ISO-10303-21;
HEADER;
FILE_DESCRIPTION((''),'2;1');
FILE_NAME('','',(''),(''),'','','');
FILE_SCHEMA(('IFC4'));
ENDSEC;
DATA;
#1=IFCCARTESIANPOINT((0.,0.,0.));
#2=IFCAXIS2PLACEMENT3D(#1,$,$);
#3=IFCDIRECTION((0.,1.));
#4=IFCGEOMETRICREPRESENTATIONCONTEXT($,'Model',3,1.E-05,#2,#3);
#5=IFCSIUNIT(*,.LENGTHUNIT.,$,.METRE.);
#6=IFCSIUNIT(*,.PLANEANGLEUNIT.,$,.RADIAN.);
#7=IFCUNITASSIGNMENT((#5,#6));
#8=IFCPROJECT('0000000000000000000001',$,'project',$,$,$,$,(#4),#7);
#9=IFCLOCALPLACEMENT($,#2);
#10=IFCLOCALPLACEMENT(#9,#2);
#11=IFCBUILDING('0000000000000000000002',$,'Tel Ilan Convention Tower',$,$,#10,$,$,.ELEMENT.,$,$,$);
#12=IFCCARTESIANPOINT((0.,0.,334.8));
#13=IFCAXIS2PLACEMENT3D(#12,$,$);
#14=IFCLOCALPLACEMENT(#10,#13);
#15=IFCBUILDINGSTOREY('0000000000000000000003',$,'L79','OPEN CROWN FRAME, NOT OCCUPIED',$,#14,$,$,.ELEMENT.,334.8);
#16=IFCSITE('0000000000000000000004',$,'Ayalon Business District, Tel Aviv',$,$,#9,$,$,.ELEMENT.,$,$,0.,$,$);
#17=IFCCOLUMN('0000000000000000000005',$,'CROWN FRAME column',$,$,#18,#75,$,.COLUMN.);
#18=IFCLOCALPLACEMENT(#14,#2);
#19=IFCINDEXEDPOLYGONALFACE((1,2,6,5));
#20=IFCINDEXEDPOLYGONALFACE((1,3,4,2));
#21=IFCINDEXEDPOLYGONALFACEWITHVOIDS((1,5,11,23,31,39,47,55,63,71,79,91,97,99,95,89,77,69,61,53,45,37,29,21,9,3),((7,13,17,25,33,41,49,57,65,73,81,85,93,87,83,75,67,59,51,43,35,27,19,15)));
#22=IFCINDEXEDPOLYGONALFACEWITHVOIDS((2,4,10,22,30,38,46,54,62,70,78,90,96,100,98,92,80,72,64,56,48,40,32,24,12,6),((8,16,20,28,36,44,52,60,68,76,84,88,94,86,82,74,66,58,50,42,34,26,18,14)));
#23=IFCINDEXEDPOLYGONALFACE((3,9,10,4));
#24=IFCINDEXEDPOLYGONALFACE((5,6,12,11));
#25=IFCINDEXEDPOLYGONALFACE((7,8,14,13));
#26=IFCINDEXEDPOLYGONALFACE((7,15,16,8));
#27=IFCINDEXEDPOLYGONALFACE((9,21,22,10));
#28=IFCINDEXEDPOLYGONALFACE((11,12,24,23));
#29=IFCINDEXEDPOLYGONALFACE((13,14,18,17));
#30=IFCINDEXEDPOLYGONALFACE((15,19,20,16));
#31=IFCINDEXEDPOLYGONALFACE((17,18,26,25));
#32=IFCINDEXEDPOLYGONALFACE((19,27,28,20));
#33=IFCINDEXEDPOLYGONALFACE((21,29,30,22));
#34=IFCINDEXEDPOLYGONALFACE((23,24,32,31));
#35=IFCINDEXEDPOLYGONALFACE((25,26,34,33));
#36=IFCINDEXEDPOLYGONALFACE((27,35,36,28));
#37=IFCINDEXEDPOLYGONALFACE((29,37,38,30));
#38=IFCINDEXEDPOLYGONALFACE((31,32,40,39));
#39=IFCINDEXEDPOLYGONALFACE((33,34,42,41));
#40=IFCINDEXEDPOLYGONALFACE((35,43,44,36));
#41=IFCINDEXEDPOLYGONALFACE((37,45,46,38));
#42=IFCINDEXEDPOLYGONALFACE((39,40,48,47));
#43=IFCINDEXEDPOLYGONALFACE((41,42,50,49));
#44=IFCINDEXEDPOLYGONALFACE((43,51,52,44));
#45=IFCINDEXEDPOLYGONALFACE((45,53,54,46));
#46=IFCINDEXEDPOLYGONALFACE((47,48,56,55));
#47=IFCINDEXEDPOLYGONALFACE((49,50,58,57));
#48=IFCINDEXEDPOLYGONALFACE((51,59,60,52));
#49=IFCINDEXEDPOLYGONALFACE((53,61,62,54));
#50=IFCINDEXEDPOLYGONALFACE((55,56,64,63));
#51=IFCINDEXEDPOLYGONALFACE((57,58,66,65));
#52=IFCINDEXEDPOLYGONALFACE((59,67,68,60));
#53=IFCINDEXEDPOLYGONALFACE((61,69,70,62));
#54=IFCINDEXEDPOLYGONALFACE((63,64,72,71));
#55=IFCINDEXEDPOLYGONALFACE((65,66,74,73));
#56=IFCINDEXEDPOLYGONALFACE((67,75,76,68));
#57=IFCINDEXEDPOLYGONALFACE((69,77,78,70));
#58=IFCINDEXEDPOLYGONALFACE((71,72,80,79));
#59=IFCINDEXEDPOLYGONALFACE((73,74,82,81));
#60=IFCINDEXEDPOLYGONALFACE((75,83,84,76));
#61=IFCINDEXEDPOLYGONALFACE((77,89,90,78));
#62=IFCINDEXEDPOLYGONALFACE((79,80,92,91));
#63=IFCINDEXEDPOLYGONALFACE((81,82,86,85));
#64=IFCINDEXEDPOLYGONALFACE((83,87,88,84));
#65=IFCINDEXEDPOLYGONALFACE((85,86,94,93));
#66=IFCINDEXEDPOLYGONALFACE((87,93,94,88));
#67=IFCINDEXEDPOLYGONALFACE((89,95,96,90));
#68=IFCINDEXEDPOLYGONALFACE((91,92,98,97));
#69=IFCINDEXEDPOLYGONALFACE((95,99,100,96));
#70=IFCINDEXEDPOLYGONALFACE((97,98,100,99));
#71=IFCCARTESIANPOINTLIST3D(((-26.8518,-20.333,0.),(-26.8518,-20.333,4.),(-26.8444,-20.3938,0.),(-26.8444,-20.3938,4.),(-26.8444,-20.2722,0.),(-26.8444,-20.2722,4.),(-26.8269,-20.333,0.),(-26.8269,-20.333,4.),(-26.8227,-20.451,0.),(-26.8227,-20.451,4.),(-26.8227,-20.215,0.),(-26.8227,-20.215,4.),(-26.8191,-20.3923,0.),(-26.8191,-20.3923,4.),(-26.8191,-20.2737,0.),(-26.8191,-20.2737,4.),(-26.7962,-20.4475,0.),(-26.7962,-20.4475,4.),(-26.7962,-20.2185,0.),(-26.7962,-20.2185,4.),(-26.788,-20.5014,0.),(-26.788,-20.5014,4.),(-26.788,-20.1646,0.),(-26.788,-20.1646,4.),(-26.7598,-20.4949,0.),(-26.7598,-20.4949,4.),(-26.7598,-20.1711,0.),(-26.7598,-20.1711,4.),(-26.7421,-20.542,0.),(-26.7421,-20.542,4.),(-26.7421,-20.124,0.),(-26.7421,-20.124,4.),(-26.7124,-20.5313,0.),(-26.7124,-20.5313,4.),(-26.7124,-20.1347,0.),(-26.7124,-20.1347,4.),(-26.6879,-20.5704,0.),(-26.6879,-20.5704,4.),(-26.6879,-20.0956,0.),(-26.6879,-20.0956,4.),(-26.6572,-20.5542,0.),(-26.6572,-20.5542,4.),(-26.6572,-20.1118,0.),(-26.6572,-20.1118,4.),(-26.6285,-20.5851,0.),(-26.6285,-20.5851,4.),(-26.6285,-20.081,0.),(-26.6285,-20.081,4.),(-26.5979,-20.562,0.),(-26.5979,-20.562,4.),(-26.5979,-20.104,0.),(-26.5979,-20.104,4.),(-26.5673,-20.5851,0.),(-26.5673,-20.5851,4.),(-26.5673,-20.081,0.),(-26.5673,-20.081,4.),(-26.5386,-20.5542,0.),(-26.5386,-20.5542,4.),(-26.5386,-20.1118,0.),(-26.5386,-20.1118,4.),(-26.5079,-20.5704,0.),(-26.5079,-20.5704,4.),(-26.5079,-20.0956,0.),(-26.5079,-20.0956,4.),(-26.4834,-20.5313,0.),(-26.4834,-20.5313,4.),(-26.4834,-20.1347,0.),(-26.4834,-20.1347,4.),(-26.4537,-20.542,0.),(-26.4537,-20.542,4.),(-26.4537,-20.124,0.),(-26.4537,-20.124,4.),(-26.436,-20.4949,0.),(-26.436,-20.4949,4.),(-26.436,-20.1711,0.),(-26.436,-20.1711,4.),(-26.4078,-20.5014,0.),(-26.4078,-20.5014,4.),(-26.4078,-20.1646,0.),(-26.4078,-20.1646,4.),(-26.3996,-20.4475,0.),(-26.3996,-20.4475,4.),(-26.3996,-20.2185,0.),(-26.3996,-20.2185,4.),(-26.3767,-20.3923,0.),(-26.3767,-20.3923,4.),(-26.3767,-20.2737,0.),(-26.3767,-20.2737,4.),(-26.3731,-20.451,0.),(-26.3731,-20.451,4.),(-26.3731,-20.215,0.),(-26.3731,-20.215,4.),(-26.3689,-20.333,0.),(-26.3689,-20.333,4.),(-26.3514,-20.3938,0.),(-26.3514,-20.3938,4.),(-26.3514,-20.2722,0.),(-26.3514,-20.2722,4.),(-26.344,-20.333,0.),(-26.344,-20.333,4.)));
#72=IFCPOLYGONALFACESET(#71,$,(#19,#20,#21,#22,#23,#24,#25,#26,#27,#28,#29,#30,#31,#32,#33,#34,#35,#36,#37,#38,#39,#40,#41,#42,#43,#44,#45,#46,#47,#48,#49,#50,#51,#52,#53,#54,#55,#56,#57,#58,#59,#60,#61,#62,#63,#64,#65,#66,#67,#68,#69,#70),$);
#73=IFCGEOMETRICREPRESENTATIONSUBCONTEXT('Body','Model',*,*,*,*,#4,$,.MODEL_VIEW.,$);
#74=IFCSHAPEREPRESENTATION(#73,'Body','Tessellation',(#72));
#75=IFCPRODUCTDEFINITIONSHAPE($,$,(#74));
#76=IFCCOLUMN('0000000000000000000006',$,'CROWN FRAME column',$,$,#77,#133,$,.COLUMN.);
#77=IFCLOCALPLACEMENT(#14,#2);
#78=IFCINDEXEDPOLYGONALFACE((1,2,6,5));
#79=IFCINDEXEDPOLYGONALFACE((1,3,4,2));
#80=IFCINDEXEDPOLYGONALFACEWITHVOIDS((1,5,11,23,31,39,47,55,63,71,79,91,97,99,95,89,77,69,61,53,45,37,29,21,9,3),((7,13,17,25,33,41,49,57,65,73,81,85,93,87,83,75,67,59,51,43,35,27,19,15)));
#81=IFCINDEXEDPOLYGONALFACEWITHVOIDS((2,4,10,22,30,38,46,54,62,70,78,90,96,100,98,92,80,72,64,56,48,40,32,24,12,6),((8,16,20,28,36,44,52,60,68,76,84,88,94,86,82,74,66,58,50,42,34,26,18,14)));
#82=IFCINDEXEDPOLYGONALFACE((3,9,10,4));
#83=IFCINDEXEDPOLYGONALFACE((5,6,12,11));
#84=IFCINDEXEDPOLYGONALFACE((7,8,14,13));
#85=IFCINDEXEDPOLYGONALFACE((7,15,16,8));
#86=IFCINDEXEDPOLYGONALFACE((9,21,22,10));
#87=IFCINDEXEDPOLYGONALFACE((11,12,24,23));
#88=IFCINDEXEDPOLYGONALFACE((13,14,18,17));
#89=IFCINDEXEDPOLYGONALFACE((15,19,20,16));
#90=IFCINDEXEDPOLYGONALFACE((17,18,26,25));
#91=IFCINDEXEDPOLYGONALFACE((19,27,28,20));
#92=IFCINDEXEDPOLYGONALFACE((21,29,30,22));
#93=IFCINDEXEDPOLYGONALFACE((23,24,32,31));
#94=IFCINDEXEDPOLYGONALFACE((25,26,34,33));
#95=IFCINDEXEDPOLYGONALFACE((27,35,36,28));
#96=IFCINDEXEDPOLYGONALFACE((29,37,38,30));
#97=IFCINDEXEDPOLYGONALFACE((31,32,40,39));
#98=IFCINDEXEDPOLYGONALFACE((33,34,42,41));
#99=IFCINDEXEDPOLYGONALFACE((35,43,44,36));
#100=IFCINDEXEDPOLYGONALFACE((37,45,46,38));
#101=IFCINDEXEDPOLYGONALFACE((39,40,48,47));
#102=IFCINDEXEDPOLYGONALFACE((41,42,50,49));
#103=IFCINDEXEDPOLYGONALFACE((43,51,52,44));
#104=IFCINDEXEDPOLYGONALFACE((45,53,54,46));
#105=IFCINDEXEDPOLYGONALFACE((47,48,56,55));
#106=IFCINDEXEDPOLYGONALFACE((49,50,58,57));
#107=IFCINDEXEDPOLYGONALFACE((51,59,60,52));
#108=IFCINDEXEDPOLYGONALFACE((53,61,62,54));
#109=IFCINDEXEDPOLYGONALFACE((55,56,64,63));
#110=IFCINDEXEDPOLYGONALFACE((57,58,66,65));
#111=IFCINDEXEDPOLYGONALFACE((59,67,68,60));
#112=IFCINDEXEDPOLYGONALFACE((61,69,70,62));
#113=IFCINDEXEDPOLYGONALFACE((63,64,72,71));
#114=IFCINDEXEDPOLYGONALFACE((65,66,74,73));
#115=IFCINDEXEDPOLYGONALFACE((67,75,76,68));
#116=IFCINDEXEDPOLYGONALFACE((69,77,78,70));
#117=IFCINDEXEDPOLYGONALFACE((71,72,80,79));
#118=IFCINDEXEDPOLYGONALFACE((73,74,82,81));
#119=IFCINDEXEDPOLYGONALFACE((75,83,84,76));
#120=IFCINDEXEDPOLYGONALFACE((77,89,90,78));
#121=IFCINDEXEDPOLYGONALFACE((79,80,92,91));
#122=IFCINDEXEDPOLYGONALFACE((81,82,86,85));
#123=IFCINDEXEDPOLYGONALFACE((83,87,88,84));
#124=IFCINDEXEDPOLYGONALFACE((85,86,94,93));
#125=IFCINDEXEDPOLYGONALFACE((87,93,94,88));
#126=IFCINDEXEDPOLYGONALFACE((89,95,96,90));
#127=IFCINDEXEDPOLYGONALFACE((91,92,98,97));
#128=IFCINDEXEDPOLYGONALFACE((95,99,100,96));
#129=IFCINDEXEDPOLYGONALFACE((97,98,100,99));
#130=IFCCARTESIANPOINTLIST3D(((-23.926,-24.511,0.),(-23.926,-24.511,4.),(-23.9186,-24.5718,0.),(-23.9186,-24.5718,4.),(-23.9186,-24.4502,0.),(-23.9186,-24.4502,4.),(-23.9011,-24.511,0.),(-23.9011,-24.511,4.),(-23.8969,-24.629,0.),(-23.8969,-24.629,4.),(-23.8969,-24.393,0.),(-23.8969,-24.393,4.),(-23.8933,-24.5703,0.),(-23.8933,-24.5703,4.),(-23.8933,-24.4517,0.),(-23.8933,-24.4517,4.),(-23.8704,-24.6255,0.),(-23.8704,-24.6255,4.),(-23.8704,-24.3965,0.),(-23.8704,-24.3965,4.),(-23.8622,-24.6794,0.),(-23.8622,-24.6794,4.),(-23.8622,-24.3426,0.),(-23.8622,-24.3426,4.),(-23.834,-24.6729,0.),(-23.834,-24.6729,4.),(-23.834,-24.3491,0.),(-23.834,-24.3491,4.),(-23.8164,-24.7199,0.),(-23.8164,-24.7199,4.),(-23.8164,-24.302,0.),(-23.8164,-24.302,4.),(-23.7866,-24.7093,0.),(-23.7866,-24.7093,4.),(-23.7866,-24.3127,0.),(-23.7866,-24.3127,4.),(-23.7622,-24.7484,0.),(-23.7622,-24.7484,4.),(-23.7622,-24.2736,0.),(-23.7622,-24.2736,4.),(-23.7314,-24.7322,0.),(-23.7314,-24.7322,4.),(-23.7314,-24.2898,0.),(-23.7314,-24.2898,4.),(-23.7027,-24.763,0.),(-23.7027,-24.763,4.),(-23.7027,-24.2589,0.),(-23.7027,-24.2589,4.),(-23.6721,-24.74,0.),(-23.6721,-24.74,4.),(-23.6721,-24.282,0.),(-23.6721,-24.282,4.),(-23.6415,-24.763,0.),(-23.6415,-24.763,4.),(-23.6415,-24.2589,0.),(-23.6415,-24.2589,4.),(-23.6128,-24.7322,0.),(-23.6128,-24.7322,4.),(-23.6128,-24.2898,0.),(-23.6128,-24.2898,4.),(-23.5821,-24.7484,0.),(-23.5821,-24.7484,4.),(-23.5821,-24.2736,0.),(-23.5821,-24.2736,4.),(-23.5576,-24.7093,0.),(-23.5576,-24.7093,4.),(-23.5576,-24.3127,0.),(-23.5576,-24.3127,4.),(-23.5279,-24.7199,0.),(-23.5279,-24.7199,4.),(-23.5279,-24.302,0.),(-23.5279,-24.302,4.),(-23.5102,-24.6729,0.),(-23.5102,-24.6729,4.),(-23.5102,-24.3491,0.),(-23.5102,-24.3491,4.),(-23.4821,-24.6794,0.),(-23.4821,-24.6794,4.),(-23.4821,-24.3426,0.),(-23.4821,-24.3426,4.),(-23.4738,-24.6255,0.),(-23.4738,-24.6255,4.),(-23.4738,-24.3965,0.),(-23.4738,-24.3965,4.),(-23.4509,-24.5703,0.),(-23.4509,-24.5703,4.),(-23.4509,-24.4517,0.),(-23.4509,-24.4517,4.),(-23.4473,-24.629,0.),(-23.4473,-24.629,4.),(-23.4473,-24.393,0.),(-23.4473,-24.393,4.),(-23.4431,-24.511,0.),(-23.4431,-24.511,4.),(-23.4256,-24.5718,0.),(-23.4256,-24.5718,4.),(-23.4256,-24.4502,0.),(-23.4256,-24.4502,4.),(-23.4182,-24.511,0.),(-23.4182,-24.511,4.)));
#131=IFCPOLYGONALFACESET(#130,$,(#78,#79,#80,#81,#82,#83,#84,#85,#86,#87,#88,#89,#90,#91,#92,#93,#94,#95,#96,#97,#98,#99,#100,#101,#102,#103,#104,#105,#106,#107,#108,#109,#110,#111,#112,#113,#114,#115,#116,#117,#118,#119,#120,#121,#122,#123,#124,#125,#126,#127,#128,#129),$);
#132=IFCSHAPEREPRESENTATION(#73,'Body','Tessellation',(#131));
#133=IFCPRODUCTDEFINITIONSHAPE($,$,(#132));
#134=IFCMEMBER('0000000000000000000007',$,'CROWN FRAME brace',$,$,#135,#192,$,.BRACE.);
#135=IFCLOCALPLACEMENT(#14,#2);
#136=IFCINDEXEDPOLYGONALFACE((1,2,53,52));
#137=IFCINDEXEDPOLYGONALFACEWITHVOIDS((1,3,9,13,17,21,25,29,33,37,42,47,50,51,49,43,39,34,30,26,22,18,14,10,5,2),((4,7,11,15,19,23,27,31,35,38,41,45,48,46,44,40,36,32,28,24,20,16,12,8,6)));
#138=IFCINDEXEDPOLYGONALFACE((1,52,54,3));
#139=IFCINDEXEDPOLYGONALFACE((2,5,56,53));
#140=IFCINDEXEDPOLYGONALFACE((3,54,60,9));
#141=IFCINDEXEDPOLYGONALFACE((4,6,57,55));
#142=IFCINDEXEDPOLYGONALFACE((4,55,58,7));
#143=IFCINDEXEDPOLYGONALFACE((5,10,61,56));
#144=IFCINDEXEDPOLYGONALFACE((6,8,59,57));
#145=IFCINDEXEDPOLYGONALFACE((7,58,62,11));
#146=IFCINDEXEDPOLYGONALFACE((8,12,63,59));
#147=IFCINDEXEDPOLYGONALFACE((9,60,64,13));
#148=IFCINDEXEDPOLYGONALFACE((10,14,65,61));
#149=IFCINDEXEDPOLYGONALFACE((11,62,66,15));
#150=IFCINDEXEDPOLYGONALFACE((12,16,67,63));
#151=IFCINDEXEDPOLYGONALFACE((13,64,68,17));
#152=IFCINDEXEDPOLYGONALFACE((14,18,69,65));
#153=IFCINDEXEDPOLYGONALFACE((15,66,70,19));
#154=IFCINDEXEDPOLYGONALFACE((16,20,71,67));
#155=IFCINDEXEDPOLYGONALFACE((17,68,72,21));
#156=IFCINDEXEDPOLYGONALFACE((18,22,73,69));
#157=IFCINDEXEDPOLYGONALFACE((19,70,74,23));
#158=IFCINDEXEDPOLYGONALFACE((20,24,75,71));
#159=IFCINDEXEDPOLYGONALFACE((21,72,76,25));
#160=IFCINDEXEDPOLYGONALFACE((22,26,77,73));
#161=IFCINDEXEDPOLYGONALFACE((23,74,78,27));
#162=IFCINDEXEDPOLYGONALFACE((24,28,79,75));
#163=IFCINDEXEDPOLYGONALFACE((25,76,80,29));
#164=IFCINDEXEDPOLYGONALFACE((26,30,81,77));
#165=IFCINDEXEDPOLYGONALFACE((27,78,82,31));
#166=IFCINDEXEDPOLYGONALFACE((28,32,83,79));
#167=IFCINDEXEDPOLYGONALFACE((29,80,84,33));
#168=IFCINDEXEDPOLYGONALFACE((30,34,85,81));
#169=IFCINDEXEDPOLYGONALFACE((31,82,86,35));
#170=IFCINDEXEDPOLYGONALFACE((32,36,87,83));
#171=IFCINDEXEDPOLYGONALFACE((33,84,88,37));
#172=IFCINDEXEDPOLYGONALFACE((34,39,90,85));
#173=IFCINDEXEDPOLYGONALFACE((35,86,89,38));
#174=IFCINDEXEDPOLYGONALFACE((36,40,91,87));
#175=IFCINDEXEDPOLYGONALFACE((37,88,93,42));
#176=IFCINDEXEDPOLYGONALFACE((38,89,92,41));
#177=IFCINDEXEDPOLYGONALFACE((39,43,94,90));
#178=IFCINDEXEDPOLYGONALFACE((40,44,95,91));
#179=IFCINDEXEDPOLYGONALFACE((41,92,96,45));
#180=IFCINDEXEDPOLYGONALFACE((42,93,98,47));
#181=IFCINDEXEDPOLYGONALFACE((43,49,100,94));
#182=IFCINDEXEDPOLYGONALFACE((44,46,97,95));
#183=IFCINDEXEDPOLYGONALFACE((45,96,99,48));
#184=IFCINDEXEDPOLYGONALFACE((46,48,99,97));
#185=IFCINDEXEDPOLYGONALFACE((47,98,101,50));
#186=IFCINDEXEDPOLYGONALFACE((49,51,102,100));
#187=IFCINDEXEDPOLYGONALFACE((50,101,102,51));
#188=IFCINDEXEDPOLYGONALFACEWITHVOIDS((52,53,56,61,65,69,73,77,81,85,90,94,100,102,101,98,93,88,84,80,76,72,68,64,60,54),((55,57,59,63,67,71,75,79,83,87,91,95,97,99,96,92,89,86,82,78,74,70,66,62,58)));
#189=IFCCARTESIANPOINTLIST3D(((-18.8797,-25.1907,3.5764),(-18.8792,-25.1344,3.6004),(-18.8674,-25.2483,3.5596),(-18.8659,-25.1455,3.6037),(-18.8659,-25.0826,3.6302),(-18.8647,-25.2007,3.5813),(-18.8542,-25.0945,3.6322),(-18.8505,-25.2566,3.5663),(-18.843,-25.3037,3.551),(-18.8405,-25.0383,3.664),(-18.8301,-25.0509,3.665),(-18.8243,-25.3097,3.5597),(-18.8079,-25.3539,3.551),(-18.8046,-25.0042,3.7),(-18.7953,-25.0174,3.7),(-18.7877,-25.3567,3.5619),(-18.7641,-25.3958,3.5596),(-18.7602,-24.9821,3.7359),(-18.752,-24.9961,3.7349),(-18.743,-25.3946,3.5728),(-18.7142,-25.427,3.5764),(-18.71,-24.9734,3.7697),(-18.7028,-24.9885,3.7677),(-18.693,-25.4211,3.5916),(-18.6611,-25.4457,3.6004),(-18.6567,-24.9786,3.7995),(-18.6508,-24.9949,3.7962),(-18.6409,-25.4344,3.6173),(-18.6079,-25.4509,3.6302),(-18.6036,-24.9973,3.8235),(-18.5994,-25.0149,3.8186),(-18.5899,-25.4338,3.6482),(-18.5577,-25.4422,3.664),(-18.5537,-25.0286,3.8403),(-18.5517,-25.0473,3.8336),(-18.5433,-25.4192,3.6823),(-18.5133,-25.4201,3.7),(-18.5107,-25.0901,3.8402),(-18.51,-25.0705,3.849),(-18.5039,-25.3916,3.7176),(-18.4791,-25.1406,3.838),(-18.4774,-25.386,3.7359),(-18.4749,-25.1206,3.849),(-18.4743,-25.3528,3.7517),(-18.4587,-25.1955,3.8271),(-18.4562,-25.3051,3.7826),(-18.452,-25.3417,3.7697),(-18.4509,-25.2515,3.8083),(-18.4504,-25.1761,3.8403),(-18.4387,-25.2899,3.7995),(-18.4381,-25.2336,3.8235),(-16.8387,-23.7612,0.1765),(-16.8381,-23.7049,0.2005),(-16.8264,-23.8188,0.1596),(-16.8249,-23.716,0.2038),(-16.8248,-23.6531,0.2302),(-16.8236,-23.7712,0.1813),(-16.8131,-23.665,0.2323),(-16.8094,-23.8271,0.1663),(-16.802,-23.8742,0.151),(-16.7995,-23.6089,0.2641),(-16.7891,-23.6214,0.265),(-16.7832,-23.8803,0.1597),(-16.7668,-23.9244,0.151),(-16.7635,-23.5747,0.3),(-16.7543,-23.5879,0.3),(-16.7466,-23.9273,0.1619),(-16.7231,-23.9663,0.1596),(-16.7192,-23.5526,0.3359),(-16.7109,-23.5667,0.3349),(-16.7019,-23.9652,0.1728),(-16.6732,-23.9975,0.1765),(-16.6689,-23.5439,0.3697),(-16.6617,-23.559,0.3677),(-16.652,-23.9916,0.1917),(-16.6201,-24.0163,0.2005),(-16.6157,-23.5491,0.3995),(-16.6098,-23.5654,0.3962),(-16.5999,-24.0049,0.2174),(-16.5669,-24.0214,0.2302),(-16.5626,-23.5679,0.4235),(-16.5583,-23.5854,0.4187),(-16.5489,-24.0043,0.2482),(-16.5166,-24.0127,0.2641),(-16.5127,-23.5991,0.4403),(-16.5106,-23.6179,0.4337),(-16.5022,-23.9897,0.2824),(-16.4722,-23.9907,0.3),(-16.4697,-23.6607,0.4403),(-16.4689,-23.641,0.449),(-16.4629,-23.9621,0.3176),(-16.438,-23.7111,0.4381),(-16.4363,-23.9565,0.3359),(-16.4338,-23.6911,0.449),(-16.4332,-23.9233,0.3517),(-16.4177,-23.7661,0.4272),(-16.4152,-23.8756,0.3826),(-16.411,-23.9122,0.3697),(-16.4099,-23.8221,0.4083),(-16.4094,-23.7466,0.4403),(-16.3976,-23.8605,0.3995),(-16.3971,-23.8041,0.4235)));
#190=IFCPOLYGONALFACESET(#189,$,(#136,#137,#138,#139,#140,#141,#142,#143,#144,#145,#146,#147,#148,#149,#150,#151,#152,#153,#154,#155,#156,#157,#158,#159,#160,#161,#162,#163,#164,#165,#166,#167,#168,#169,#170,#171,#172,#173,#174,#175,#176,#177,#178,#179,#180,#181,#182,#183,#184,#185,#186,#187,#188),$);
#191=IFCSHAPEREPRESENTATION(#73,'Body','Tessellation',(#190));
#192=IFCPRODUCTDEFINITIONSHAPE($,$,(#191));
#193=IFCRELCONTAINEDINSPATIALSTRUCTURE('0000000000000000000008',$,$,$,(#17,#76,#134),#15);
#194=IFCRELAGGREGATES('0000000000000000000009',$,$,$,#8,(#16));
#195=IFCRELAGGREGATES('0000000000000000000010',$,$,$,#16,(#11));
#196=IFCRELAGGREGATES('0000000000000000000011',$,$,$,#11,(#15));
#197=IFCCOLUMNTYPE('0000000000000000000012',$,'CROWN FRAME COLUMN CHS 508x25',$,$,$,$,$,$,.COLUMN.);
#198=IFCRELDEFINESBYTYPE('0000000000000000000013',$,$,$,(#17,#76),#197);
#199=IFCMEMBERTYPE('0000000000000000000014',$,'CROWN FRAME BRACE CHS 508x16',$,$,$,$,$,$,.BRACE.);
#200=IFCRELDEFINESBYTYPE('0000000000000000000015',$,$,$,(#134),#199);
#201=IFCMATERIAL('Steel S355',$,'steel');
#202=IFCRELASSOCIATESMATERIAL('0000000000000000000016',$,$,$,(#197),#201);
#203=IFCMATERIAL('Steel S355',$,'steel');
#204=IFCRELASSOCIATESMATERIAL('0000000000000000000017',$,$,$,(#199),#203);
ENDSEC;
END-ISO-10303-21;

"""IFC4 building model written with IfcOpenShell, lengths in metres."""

from ifc_helpers import new_model, si_unit, direction, frame, origin, origin_2d, place, context, subcontext, project, spatial, hollow_circle, extrude, material, material_profile, profile_set, type_object, element, save


model = new_model("IFC4")

# Units and contexts
model_context = context("Model", 3, precision=1e-05, world=origin(), true_north=direction((0.0, 1.0)))
body_context = subcontext(model_context, "Body", "Model", "MODEL_VIEW")
ifc_project = project(units=[si_unit("LENGTHUNIT", "METRE"), si_unit("PLANEANGLEUNIT", "RADIAN")], contexts=[model_context])

# Site, building, storey
site_placement = place(None, origin())
site = spatial("IfcSite", under=ifc_project, at=site_placement, Name="Ayalon Business District, Tel Aviv", CompositionType="ELEMENT", RefElevation=0.0)
building_placement = place(site_placement, origin())
building = spatial("IfcBuilding", under=site, at=building_placement, Name="Tel Ilan Convention Tower", CompositionType="ELEMENT")
storey_placement = place(building_placement, frame((0.0, 0.0, 334.8)))
storey = spatial("IfcBuildingStorey", under=building, at=storey_placement, Name="L79", Description="OPEN CROWN FRAME, NOT OCCUPIED", CompositionType="ELEMENT", Elevation=334.8)

# Columns
ifc_material_1 = material(Name="Steel S355", Category="steel")
ifc_material_profile_1 = material_profile(ifc_material_1, hollow_circle(Radius=0.2539, WallThickness=0.0249, at=origin_2d()), Name="CHS 508x25")
ifc_profile_set_1 = profile_set([ifc_material_profile_1], Name="Steel S355")
column_type = type_object("IfcColumnType", Name="CROWN FRAME COLUMN CHS 508x25", PredefinedType="COLUMN", material=ifc_profile_set_1)
for number, where, z_axis, x_axis, name in (
    (1, (-26.5979, -20.333, 0.0), (0.0, 0.0, 1.0), (1.0, 0.0, 0.0), "CROWN FRAME column"),
    (2, (-23.6721, -24.511, 0.0), (0.0, 0.0, 1.0), (1.0, 0.0, 0.0), "CROWN FRAME column"),
):
    element("IfcColumn", number, at=place(storey_placement, frame(where, z_axis=z_axis, x_axis=x_axis)), inside=storey, type_object=column_type, Name=name, PredefinedType="COLUMN", context=body_context, shape_type="SweptSolid", body=[
        extrude(hollow_circle(Radius=0.2539, WallThickness=0.0249, at=origin_2d()), origin(), (0.0, 0.0, 1.0), 4.0),
    ])

# Member
ifc_material_2 = material(Name="Steel S355", Category="steel")
ifc_material_profile_2 = material_profile(ifc_material_2, hollow_circle(Radius=0.2539, WallThickness=0.0161, at=origin_2d()), Name="CHS 508x16")
ifc_profile_set_2 = profile_set([ifc_material_profile_2], Name="Steel S355")
member_type = type_object("IfcMemberType", Name="CROWN FRAME BRACE CHS 508x16", PredefinedType="BRACE", material=ifc_profile_set_2)
member_1_placement = place(storey_placement, frame((-18.6589, -25.2122, 3.7), z_axis=(0.484197, 0.339112, -0.806571), x_axis=(-0.57366, 0.819094, 0.0)))
element("IfcMember", 3, at=member_1_placement, inside=storey, type_object=member_type, Name="CROWN FRAME brace", PredefinedType="BRACE", context=body_context, shape_type="SweptSolid", body=[
    extrude(hollow_circle(Radius=0.2539, WallThickness=0.0161, at=origin_2d()), origin(), (0.0, 0.0, 1.0), 4.2153),
])

save(model, "model.ifc")
